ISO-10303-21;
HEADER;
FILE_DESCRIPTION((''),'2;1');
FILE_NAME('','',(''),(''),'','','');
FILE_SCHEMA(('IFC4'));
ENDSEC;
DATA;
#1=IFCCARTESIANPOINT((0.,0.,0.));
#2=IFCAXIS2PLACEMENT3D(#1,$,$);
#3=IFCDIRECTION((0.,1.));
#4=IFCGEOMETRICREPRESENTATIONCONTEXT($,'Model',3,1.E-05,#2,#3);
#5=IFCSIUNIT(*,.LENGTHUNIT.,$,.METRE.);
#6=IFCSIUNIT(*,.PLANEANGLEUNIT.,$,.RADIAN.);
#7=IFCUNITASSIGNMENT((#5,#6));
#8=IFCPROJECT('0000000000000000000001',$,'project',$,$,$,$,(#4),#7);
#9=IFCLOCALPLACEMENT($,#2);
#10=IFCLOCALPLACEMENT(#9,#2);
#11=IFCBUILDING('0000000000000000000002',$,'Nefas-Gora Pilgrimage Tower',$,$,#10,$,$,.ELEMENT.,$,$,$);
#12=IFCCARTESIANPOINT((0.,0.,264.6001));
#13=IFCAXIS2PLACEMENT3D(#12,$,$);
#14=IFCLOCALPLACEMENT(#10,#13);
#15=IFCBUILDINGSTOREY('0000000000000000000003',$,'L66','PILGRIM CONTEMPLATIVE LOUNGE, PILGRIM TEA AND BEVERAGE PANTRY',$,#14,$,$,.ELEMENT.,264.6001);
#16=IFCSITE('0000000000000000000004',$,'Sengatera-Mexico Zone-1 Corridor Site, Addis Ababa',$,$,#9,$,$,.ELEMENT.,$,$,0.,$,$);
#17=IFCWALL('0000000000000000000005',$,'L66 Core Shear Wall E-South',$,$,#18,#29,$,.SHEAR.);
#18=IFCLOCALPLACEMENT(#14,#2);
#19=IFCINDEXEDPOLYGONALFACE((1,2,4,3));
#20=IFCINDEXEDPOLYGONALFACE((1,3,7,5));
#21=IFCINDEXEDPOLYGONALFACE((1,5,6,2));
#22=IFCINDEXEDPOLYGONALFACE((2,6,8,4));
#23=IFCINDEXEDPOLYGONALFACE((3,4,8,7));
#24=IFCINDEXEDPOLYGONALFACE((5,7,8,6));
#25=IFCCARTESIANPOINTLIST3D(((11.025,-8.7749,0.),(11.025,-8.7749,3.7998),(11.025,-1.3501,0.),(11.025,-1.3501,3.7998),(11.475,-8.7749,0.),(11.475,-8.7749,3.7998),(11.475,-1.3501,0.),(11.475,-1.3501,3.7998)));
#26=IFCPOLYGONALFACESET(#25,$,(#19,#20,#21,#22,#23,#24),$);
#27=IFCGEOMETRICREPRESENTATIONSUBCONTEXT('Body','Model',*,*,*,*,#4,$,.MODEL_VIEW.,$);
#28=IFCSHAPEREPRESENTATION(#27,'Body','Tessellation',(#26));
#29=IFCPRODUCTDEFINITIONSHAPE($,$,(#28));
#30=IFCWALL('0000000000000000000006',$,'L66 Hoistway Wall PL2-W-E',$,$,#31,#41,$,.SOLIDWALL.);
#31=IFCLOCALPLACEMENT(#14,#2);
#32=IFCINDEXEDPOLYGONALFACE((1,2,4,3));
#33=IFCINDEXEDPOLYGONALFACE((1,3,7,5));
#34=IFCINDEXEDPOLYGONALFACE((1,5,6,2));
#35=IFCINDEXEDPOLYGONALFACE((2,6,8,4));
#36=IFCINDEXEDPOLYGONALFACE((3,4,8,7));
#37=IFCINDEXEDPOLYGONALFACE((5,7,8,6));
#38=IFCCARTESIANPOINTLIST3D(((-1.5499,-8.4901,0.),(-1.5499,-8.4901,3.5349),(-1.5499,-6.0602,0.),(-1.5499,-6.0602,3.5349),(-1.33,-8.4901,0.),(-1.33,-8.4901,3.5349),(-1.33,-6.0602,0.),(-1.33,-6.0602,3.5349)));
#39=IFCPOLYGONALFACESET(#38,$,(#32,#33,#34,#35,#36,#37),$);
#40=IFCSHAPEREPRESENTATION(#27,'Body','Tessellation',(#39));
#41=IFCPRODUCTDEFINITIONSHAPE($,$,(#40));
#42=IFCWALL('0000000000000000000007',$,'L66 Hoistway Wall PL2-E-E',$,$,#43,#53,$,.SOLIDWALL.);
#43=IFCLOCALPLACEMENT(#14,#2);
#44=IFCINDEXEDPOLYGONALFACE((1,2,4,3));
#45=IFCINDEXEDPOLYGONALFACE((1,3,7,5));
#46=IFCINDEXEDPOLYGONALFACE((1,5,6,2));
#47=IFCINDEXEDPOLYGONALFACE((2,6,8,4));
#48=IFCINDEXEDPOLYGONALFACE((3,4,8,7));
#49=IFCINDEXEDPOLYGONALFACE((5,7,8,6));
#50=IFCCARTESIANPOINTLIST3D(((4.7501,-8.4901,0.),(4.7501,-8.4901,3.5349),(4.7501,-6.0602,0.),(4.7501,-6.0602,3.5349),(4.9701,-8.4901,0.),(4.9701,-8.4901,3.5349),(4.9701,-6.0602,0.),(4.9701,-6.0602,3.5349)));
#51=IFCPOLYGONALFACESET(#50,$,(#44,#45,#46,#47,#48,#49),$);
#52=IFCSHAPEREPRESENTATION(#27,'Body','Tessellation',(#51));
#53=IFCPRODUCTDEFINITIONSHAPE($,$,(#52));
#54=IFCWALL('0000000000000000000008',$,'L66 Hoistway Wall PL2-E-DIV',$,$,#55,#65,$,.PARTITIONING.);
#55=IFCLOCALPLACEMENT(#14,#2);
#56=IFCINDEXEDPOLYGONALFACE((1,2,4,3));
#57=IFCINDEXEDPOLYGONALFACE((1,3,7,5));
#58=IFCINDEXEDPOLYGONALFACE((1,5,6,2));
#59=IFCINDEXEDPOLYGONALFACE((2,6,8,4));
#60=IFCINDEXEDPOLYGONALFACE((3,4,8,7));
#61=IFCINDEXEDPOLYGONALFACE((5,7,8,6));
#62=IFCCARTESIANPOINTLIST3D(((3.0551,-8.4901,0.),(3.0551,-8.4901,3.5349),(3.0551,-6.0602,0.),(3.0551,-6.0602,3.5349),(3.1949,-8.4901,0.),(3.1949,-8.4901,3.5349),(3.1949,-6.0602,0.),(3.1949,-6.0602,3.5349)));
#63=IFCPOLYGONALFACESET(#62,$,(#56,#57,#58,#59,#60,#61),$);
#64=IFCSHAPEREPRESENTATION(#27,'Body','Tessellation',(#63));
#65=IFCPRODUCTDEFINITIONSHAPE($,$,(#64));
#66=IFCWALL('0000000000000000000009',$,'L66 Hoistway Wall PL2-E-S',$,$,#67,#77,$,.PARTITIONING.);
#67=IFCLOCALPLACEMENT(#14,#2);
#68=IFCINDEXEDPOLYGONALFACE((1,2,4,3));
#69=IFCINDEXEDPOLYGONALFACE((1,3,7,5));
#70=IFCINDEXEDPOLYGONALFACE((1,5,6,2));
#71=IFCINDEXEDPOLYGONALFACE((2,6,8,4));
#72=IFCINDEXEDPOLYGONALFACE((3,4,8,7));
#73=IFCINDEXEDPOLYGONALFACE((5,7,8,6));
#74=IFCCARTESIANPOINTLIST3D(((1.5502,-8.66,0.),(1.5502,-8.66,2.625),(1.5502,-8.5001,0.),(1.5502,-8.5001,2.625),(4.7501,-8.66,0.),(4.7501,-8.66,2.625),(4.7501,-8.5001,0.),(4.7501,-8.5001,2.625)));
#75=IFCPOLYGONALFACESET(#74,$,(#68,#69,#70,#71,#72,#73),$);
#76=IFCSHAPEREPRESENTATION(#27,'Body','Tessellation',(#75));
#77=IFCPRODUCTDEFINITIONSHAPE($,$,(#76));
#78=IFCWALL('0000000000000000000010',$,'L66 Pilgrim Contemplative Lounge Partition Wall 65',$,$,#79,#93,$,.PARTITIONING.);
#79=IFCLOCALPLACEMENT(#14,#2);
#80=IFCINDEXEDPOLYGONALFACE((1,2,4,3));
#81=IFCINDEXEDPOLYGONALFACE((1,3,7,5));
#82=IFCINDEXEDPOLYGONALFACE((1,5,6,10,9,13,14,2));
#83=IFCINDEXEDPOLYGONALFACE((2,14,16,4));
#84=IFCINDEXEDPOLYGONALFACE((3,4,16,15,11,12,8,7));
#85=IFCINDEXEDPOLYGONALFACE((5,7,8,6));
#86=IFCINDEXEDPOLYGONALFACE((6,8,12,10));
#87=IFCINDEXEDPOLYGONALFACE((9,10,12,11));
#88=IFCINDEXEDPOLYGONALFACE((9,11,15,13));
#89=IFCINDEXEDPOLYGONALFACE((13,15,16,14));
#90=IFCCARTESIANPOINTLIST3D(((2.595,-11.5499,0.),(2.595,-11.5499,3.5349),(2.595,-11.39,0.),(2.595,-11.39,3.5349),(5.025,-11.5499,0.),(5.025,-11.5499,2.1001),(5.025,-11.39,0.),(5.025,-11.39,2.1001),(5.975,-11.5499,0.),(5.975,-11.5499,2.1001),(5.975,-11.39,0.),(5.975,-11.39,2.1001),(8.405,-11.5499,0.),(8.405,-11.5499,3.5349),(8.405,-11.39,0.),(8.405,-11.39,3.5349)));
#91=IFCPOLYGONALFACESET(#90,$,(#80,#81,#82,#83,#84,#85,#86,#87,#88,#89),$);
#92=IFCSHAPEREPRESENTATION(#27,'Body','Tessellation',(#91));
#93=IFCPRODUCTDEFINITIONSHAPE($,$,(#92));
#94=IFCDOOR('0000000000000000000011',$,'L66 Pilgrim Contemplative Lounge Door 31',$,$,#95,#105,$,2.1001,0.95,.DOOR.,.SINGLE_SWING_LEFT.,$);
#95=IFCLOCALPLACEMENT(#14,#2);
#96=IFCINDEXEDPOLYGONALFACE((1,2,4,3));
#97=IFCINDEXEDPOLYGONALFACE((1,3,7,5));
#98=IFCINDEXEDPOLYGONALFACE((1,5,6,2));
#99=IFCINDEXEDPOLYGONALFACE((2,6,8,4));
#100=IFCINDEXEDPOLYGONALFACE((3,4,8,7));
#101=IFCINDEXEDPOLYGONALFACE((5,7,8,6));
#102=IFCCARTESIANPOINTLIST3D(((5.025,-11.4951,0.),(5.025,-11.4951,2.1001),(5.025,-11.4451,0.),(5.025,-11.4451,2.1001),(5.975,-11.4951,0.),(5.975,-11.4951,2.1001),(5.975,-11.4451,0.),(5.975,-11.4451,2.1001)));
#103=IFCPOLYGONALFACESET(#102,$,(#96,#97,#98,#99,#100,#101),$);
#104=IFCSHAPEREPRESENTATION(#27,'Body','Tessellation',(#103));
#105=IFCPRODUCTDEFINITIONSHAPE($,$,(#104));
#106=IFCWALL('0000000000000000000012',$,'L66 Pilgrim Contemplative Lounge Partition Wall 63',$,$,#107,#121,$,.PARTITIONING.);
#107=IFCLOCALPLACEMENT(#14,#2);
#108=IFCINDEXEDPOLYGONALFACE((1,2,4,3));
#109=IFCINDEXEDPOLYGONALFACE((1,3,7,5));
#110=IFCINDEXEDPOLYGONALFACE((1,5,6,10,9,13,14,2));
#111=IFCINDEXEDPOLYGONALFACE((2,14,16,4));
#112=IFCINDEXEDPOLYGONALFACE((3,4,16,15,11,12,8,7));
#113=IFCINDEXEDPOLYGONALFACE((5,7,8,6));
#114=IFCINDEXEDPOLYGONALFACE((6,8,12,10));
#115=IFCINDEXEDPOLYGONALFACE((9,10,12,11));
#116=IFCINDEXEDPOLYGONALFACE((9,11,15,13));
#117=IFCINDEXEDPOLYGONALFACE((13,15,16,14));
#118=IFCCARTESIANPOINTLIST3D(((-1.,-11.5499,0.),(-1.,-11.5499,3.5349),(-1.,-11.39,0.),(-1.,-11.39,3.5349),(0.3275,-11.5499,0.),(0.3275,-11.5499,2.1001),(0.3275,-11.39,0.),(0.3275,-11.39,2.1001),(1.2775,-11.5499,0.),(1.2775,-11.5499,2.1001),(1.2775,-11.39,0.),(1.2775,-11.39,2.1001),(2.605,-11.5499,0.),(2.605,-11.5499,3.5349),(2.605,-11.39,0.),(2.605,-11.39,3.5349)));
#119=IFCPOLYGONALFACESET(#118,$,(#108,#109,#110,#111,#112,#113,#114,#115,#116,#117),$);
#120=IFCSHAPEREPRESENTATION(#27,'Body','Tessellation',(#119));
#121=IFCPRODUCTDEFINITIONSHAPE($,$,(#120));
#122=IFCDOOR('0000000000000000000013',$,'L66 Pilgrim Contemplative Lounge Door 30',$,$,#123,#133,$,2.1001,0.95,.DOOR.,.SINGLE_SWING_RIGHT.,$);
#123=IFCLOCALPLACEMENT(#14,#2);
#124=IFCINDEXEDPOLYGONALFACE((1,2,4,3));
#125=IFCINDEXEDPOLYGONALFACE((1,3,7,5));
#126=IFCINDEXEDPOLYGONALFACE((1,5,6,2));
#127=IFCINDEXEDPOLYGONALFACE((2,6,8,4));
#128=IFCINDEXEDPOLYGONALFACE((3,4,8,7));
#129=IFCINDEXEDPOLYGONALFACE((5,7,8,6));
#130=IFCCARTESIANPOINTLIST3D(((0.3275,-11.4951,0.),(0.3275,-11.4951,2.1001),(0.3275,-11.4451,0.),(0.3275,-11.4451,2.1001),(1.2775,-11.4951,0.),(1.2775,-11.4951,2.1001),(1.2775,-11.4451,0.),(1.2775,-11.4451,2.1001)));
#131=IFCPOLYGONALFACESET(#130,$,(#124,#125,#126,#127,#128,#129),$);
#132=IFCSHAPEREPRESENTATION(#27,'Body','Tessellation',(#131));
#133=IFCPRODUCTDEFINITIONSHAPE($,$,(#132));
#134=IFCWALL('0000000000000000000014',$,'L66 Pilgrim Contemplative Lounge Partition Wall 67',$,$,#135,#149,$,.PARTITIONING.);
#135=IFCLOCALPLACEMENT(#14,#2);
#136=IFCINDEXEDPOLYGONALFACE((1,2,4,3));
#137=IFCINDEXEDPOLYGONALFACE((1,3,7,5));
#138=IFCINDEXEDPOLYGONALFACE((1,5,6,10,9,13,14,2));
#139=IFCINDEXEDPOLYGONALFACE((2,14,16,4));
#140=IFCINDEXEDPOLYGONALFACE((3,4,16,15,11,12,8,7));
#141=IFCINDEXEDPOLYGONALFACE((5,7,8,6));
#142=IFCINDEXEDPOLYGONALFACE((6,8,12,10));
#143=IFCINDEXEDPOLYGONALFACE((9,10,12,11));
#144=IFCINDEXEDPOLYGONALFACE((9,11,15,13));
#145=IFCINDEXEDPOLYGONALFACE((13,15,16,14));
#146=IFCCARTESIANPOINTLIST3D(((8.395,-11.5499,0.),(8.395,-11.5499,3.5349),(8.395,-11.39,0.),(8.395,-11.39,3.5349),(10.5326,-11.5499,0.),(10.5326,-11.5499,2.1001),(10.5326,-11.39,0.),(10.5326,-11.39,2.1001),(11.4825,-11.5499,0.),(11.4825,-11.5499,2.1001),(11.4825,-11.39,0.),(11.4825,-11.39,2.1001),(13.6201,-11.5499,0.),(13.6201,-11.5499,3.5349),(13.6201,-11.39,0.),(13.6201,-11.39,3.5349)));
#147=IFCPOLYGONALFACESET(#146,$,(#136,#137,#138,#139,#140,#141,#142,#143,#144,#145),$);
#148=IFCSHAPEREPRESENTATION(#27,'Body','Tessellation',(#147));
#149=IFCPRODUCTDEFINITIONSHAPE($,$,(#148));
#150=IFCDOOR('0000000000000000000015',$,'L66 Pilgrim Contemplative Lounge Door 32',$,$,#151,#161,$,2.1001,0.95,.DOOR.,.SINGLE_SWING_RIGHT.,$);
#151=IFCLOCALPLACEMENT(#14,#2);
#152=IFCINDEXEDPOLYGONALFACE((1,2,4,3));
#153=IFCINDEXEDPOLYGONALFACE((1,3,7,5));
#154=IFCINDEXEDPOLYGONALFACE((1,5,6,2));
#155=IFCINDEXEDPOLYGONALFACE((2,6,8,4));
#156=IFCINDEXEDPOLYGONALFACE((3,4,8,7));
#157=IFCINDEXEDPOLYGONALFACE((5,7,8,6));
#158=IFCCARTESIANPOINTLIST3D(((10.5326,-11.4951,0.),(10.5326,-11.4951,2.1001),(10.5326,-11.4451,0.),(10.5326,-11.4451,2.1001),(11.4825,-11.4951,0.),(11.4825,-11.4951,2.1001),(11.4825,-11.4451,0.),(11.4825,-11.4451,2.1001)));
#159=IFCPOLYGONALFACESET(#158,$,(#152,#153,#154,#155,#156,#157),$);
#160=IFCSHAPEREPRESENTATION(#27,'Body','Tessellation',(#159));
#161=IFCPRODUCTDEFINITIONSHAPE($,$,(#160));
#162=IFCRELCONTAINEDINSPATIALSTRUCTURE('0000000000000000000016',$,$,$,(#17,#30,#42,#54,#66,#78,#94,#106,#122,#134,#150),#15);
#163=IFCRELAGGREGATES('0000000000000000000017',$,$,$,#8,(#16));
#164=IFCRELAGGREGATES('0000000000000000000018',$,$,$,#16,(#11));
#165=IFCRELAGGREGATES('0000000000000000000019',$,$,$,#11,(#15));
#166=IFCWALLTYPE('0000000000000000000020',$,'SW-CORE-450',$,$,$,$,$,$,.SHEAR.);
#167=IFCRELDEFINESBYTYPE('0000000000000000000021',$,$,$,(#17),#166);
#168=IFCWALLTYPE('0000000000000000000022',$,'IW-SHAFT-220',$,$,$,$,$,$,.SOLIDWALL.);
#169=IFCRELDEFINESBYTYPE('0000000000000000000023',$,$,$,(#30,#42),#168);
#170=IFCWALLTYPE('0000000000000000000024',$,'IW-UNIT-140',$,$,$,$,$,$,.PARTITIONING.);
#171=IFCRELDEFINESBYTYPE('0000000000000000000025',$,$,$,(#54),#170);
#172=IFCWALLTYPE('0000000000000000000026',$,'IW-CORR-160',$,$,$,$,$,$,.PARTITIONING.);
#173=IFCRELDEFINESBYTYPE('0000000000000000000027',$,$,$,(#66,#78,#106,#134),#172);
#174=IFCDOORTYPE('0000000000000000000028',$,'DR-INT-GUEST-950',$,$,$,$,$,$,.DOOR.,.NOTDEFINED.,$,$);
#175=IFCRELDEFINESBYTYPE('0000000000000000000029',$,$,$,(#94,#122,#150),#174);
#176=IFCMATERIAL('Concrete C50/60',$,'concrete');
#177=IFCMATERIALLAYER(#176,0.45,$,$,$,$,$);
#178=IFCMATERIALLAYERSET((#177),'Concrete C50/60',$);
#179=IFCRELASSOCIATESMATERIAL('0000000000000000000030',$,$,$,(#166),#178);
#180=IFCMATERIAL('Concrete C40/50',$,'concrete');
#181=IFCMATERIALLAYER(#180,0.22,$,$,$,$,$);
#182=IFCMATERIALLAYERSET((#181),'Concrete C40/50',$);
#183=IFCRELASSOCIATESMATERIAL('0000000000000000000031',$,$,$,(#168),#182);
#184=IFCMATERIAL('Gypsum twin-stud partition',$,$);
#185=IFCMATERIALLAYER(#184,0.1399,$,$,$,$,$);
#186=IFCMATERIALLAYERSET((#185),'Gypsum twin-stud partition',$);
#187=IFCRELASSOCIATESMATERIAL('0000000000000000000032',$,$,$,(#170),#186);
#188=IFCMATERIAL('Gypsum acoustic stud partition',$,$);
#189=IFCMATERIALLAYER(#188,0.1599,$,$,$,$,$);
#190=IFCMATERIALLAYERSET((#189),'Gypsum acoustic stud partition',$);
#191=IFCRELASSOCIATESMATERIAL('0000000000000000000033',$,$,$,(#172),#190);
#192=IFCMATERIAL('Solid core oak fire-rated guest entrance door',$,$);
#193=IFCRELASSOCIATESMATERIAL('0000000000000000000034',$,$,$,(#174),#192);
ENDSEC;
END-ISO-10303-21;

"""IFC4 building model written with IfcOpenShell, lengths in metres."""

from ifc_helpers import new_model, si_unit, direction, frame, frame_2d, origin, place, context, subcontext, project, spatial, rectangle, extrude, source, transform, mapped, material, layer, layer_set, type_object, element, fill, save


model = new_model("IFC4")

# Units and contexts
model_context = context("Model", 3, precision=1e-05, world=origin(), true_north=direction((0.0, 1.0)))
body_context = subcontext(model_context, "Body", "Model", "MODEL_VIEW")
ifc_project = project(units=[si_unit("LENGTHUNIT", "METRE"), si_unit("PLANEANGLEUNIT", "RADIAN")], contexts=[model_context])

# Site, building, storey
site_placement = place(None, origin())
site = spatial("IfcSite", under=ifc_project, at=site_placement, Name="Sengatera-Mexico Zone-1 Corridor Site, Addis Ababa", CompositionType="ELEMENT", RefElevation=0.0)
building_placement = place(site_placement, origin())
building = spatial("IfcBuilding", under=site, at=building_placement, Name="Nefas-Gora Pilgrimage Tower", CompositionType="ELEMENT")
storey_placement = place(building_placement, frame((0.0, 0.0, 264.6001)))
storey = spatial("IfcBuildingStorey", under=building, at=storey_placement, Name="L66", Description="PILGRIM CONTEMPLATIVE LOUNGE, PILGRIM TEA AND BEVERAGE PANTRY", CompositionType="ELEMENT", Elevation=264.6001)

# Walls
ifc_material_1 = material(Name="Concrete C50/60", Category="concrete")
ifc_layer_1 = layer(ifc_material_1, 0.45)
ifc_layer_set_1 = layer_set([ifc_layer_1], Name="Concrete C50/60")
wall_type_1 = type_object("IfcWallType", Name="SW-CORE-450", PredefinedType="SHEAR", material=ifc_layer_set_1)
shared_shape_1 = source(origin(), body_context, "Body", "SweptSolid", [
    extrude(rectangle(XDim=7.4248, YDim=0.45, at=frame_2d((3.7124, 0.0))), origin(), (0.0, 0.0, 1.0), 3.7998),
])
wall_1_placement = place(storey_placement, frame((11.25, -8.7749, 0.0), z_axis=(0.0, 0.0, 1.0), x_axis=(0.0, 1.0, 0.0)))
element("IfcWall", 1, at=wall_1_placement, inside=storey, type_object=wall_type_1, Name="L66 Core Shear Wall E-South", PredefinedType="SHEAR", context=body_context, shape_type="MappedRepresentation", body=[
    mapped(shared_shape_1, transform((0.0, 0.0, 0.0), x_axis=(1.0, 0.0, 0.0), y_axis=(0.0, 1.0, 0.0), z_axis=(0.0, 0.0, 1.0), scale=1.0)),
])
ifc_material_2 = material(Name="Concrete C40/50", Category="concrete")
ifc_layer_2 = layer(ifc_material_2, 0.22)
ifc_layer_set_2 = layer_set([ifc_layer_2], Name="Concrete C40/50")
wall_type_2 = type_object("IfcWallType", Name="IW-SHAFT-220", PredefinedType="SOLIDWALL", material=ifc_layer_set_2)
shared_shape_2 = source(origin(), body_context, "Body", "SweptSolid", [
    extrude(rectangle(XDim=2.4299, YDim=0.22, at=frame_2d((1.2148, 0.0))), origin(), (0.0, 0.0, 1.0), 3.5349),
])
for number, where, z_axis, x_axis, name in (
    (2, (-1.4399, -8.49, 0.0), (0.0, 0.0, 1.0), (0.0, 1.0, 0.0), "L66 Hoistway Wall PL2-W-E"),
    (3, (4.8601, -8.49, 0.0), (0.0, 0.0, 1.0), (0.0, 1.0, 0.0), "L66 Hoistway Wall PL2-E-E"),
):
    element("IfcWall", number, at=place(storey_placement, frame(where, z_axis=z_axis, x_axis=x_axis)), inside=storey, type_object=wall_type_2, Name=name, PredefinedType="SOLIDWALL", context=body_context, shape_type="MappedRepresentation", body=[
        mapped(shared_shape_2, transform((0.0, 0.0, 0.0), x_axis=(1.0, 0.0, 0.0), y_axis=(0.0, 1.0, 0.0), z_axis=(0.0, 0.0, 1.0), scale=1.0)),
    ])
ifc_material_3 = material(Name="Gypsum twin-stud partition")
ifc_layer_3 = layer(ifc_material_3, 0.1399)
ifc_layer_set_3 = layer_set([ifc_layer_3], Name="Gypsum twin-stud partition")
wall_type_3 = type_object("IfcWallType", Name="IW-UNIT-140", PredefinedType="PARTITIONING", material=ifc_layer_set_3)
shared_shape_3 = source(origin(), body_context, "Body", "SweptSolid", [
    extrude(rectangle(XDim=2.4299, YDim=0.1399, at=frame_2d((1.2148, 0.0))), origin(), (0.0, 0.0, 1.0), 3.5349),
])
wall_2_placement = place(storey_placement, frame((3.125, -8.49, 0.0), z_axis=(0.0, 0.0, 1.0), x_axis=(0.0, 1.0, 0.0)))
element("IfcWall", 4, at=wall_2_placement, inside=storey, type_object=wall_type_3, Name="L66 Hoistway Wall PL2-E-DIV", PredefinedType="PARTITIONING", context=body_context, shape_type="MappedRepresentation", body=[
    mapped(shared_shape_3, transform((0.0, 0.0, 0.0), x_axis=(1.0, 0.0, 0.0), y_axis=(0.0, 1.0, 0.0), z_axis=(0.0, 0.0, 1.0), scale=1.0)),
])
ifc_material_4 = material(Name="Gypsum acoustic stud partition")
ifc_layer_4 = layer(ifc_material_4, 0.1599)
ifc_layer_set_4 = layer_set([ifc_layer_4], Name="Gypsum acoustic stud partition")
wall_type_4 = type_object("IfcWallType", Name="IW-CORR-160", PredefinedType="PARTITIONING", material=ifc_layer_set_4)
shared_shape_4 = source(origin(), body_context, "Body", "SweptSolid", [
    extrude(rectangle(XDim=3.2, YDim=0.1599, at=frame_2d((1.6001, 0.0))), origin(), (0.0, 0.0, 1.0), 2.625),
])
wall_3_placement = place(storey_placement, frame((1.55, -8.5801, 0.0), z_axis=(0.0, 0.0, 1.0), x_axis=(1.0, 0.0, 0.0)))
element("IfcWall", 5, at=wall_3_placement, inside=storey, type_object=wall_type_4, Name="L66 Hoistway Wall PL2-E-S", PredefinedType="PARTITIONING", context=body_context, shape_type="MappedRepresentation", body=[
    mapped(shared_shape_4, transform((0.0, 0.0, 0.0), x_axis=(1.0, 0.0, 0.0), y_axis=(0.0, 1.0, 0.0), z_axis=(0.0, 0.0, 1.0), scale=1.0)),
])

# Walls, openings, doors
shared_shape_5 = source(origin(), body_context, "Body", "SweptSolid", [
    extrude(rectangle(XDim=5.8101, YDim=0.1599, at=frame_2d((2.905, 0.0))), origin(), (0.0, 0.0, 1.0), 3.5349),
])
wall_4_placement = place(storey_placement, frame((2.595, -11.47, 0.0), z_axis=(0.0, 0.0, 1.0), x_axis=(1.0, 0.0, 0.0)))
wall_4 = element("IfcWall", 6, at=wall_4_placement, inside=storey, type_object=wall_type_4, Name="L66 Pilgrim Contemplative Lounge Partition Wall 65", PredefinedType="PARTITIONING", context=body_context, shape_type="MappedRepresentation", body=[
    mapped(shared_shape_5, transform((0.0, 0.0, 0.0), x_axis=(1.0, 0.0, 0.0), y_axis=(0.0, 1.0, 0.0), z_axis=(0.0, 0.0, 1.0), scale=1.0)),
])
opening_1_placement = place(wall_4_placement, frame((2.4299, 0.0, 0.0)))
opening_1 = element("IfcOpeningElement", 7, at=opening_1_placement, cuts=wall_4, PredefinedType="OPENING", context=body_context, shape_type="SweptSolid", body=[
    extrude(rectangle(XDim=0.95, YDim=2.1001, at=frame_2d((0.4751, 1.05))), frame((0.0, 0.0898, 0.0), z_axis=(0.0, -1.0, 0.0), x_axis=(1.0, 0.0, 0.0)), (0.0, 0.0, 1.0), 0.1799),
])
ifc_material_5 = material(Name="Solid core oak fire-rated guest entrance door")
door_type = type_object("IfcDoorType", Name="DR-INT-GUEST-950", OperationType="NOTDEFINED", PredefinedType="DOOR", material=ifc_material_5)
shared_shape_6 = source(origin(), body_context, "Body", "SweptSolid", [
    extrude(rectangle(XDim=0.95, YDim=2.1001, at=frame_2d((0.4751, 1.05))), frame((0.0, 0.0249, 0.0), z_axis=(0.0, -1.0, 0.0), x_axis=(1.0, 0.0, 0.0)), (0.0, 0.0, 1.0), 0.05),
])
door_1_placement = place(opening_1_placement, origin())
door_1 = element("IfcDoor", 8, at=door_1_placement, inside=storey, type_object=door_type, Name="L66 Pilgrim Contemplative Lounge Door 31", OperationType="SINGLE_SWING_LEFT", OverallHeight=2.1001, OverallWidth=0.95, PredefinedType="DOOR", context=body_context, shape_type="MappedRepresentation", body=[
    mapped(shared_shape_6, transform((0.0, 0.0, 0.0), x_axis=(1.0, 0.0, 0.0), y_axis=(0.0, 1.0, 0.0), z_axis=(0.0, 0.0, 1.0), scale=1.0)),
])
fill(opening_1, door_1)
shared_shape_7 = source(origin(), body_context, "Body", "SweptSolid", [
    extrude(rectangle(XDim=3.605, YDim=0.1599, at=frame_2d((1.8025, 0.0))), origin(), (0.0, 0.0, 1.0), 3.5349),
])
wall_5_placement = place(storey_placement, frame((-1.0, -11.47, 0.0), z_axis=(0.0, 0.0, 1.0), x_axis=(1.0, 0.0, 0.0)))
wall_5 = element("IfcWall", 9, at=wall_5_placement, inside=storey, type_object=wall_type_4, Name="L66 Pilgrim Contemplative Lounge Partition Wall 63", PredefinedType="PARTITIONING", context=body_context, shape_type="MappedRepresentation", body=[
    mapped(shared_shape_7, transform((0.0, 0.0, 0.0), x_axis=(1.0, 0.0, 0.0), y_axis=(0.0, 1.0, 0.0), z_axis=(0.0, 0.0, 1.0), scale=1.0)),
])
opening_2_placement = place(wall_5_placement, frame((1.3274, 0.0, 0.0)))
opening_2 = element("IfcOpeningElement", 10, at=opening_2_placement, cuts=wall_5, PredefinedType="OPENING", context=body_context, shape_type="SweptSolid", body=[
    extrude(rectangle(XDim=0.95, YDim=2.1001, at=frame_2d((0.4751, 1.05))), frame((0.0, 0.0898, 0.0), z_axis=(0.0, -1.0, 0.0), x_axis=(1.0, 0.0, 0.0)), (0.0, 0.0, 1.0), 0.1799),
])
door_2_placement = place(opening_2_placement, origin())
door_2 = element("IfcDoor", 11, at=door_2_placement, inside=storey, type_object=door_type, Name="L66 Pilgrim Contemplative Lounge Door 30", OperationType="SINGLE_SWING_RIGHT", OverallHeight=2.1001, OverallWidth=0.95, PredefinedType="DOOR", context=body_context, shape_type="MappedRepresentation", body=[
    mapped(shared_shape_6, transform((0.0, 0.0, 0.0), x_axis=(1.0, 0.0, 0.0), y_axis=(0.0, 1.0, 0.0), z_axis=(0.0, 0.0, 1.0), scale=1.0)),
])
fill(opening_2, door_2)
shared_shape_8 = source(origin(), body_context, "Body", "SweptSolid", [
    extrude(rectangle(XDim=5.2251, YDim=0.1599, at=frame_2d((2.6125, 0.0))), origin(), (0.0, 0.0, 1.0), 3.5349),
])
wall_6_placement = place(storey_placement, frame((8.395, -11.47, 0.0), z_axis=(0.0, 0.0, 1.0), x_axis=(1.0, 0.0, 0.0)))
wall_6 = element("IfcWall", 12, at=wall_6_placement, inside=storey, type_object=wall_type_4, Name="L66 Pilgrim Contemplative Lounge Partition Wall 67", PredefinedType="PARTITIONING", context=body_context, shape_type="MappedRepresentation", body=[
    mapped(shared_shape_8, transform((0.0, 0.0, 0.0), x_axis=(1.0, 0.0, 0.0), y_axis=(0.0, 1.0, 0.0), z_axis=(0.0, 0.0, 1.0), scale=1.0)),
])
opening_3_placement = place(wall_6_placement, frame((2.1375, 0.0, 0.0)))
opening_3 = element("IfcOpeningElement", 13, at=opening_3_placement, cuts=wall_6, PredefinedType="OPENING", context=body_context, shape_type="SweptSolid", body=[
    extrude(rectangle(XDim=0.95, YDim=2.1001, at=frame_2d((0.4751, 1.05))), frame((0.0, 0.0898, 0.0), z_axis=(0.0, -1.0, 0.0), x_axis=(1.0, 0.0, 0.0)), (0.0, 0.0, 1.0), 0.1799),
])
door_3_placement = place(opening_3_placement, origin())
door_3 = element("IfcDoor", 14, at=door_3_placement, inside=storey, type_object=door_type, Name="L66 Pilgrim Contemplative Lounge Door 32", OperationType="SINGLE_SWING_RIGHT", OverallHeight=2.1001, OverallWidth=0.95, PredefinedType="DOOR", context=body_context, shape_type="MappedRepresentation", body=[
    mapped(shared_shape_6, transform((0.0, 0.0, 0.0), x_axis=(1.0, 0.0, 0.0), y_axis=(0.0, 1.0, 0.0), z_axis=(0.0, 0.0, 1.0), scale=1.0)),
])
fill(opening_3, door_3)

save(model, "model.ifc")
